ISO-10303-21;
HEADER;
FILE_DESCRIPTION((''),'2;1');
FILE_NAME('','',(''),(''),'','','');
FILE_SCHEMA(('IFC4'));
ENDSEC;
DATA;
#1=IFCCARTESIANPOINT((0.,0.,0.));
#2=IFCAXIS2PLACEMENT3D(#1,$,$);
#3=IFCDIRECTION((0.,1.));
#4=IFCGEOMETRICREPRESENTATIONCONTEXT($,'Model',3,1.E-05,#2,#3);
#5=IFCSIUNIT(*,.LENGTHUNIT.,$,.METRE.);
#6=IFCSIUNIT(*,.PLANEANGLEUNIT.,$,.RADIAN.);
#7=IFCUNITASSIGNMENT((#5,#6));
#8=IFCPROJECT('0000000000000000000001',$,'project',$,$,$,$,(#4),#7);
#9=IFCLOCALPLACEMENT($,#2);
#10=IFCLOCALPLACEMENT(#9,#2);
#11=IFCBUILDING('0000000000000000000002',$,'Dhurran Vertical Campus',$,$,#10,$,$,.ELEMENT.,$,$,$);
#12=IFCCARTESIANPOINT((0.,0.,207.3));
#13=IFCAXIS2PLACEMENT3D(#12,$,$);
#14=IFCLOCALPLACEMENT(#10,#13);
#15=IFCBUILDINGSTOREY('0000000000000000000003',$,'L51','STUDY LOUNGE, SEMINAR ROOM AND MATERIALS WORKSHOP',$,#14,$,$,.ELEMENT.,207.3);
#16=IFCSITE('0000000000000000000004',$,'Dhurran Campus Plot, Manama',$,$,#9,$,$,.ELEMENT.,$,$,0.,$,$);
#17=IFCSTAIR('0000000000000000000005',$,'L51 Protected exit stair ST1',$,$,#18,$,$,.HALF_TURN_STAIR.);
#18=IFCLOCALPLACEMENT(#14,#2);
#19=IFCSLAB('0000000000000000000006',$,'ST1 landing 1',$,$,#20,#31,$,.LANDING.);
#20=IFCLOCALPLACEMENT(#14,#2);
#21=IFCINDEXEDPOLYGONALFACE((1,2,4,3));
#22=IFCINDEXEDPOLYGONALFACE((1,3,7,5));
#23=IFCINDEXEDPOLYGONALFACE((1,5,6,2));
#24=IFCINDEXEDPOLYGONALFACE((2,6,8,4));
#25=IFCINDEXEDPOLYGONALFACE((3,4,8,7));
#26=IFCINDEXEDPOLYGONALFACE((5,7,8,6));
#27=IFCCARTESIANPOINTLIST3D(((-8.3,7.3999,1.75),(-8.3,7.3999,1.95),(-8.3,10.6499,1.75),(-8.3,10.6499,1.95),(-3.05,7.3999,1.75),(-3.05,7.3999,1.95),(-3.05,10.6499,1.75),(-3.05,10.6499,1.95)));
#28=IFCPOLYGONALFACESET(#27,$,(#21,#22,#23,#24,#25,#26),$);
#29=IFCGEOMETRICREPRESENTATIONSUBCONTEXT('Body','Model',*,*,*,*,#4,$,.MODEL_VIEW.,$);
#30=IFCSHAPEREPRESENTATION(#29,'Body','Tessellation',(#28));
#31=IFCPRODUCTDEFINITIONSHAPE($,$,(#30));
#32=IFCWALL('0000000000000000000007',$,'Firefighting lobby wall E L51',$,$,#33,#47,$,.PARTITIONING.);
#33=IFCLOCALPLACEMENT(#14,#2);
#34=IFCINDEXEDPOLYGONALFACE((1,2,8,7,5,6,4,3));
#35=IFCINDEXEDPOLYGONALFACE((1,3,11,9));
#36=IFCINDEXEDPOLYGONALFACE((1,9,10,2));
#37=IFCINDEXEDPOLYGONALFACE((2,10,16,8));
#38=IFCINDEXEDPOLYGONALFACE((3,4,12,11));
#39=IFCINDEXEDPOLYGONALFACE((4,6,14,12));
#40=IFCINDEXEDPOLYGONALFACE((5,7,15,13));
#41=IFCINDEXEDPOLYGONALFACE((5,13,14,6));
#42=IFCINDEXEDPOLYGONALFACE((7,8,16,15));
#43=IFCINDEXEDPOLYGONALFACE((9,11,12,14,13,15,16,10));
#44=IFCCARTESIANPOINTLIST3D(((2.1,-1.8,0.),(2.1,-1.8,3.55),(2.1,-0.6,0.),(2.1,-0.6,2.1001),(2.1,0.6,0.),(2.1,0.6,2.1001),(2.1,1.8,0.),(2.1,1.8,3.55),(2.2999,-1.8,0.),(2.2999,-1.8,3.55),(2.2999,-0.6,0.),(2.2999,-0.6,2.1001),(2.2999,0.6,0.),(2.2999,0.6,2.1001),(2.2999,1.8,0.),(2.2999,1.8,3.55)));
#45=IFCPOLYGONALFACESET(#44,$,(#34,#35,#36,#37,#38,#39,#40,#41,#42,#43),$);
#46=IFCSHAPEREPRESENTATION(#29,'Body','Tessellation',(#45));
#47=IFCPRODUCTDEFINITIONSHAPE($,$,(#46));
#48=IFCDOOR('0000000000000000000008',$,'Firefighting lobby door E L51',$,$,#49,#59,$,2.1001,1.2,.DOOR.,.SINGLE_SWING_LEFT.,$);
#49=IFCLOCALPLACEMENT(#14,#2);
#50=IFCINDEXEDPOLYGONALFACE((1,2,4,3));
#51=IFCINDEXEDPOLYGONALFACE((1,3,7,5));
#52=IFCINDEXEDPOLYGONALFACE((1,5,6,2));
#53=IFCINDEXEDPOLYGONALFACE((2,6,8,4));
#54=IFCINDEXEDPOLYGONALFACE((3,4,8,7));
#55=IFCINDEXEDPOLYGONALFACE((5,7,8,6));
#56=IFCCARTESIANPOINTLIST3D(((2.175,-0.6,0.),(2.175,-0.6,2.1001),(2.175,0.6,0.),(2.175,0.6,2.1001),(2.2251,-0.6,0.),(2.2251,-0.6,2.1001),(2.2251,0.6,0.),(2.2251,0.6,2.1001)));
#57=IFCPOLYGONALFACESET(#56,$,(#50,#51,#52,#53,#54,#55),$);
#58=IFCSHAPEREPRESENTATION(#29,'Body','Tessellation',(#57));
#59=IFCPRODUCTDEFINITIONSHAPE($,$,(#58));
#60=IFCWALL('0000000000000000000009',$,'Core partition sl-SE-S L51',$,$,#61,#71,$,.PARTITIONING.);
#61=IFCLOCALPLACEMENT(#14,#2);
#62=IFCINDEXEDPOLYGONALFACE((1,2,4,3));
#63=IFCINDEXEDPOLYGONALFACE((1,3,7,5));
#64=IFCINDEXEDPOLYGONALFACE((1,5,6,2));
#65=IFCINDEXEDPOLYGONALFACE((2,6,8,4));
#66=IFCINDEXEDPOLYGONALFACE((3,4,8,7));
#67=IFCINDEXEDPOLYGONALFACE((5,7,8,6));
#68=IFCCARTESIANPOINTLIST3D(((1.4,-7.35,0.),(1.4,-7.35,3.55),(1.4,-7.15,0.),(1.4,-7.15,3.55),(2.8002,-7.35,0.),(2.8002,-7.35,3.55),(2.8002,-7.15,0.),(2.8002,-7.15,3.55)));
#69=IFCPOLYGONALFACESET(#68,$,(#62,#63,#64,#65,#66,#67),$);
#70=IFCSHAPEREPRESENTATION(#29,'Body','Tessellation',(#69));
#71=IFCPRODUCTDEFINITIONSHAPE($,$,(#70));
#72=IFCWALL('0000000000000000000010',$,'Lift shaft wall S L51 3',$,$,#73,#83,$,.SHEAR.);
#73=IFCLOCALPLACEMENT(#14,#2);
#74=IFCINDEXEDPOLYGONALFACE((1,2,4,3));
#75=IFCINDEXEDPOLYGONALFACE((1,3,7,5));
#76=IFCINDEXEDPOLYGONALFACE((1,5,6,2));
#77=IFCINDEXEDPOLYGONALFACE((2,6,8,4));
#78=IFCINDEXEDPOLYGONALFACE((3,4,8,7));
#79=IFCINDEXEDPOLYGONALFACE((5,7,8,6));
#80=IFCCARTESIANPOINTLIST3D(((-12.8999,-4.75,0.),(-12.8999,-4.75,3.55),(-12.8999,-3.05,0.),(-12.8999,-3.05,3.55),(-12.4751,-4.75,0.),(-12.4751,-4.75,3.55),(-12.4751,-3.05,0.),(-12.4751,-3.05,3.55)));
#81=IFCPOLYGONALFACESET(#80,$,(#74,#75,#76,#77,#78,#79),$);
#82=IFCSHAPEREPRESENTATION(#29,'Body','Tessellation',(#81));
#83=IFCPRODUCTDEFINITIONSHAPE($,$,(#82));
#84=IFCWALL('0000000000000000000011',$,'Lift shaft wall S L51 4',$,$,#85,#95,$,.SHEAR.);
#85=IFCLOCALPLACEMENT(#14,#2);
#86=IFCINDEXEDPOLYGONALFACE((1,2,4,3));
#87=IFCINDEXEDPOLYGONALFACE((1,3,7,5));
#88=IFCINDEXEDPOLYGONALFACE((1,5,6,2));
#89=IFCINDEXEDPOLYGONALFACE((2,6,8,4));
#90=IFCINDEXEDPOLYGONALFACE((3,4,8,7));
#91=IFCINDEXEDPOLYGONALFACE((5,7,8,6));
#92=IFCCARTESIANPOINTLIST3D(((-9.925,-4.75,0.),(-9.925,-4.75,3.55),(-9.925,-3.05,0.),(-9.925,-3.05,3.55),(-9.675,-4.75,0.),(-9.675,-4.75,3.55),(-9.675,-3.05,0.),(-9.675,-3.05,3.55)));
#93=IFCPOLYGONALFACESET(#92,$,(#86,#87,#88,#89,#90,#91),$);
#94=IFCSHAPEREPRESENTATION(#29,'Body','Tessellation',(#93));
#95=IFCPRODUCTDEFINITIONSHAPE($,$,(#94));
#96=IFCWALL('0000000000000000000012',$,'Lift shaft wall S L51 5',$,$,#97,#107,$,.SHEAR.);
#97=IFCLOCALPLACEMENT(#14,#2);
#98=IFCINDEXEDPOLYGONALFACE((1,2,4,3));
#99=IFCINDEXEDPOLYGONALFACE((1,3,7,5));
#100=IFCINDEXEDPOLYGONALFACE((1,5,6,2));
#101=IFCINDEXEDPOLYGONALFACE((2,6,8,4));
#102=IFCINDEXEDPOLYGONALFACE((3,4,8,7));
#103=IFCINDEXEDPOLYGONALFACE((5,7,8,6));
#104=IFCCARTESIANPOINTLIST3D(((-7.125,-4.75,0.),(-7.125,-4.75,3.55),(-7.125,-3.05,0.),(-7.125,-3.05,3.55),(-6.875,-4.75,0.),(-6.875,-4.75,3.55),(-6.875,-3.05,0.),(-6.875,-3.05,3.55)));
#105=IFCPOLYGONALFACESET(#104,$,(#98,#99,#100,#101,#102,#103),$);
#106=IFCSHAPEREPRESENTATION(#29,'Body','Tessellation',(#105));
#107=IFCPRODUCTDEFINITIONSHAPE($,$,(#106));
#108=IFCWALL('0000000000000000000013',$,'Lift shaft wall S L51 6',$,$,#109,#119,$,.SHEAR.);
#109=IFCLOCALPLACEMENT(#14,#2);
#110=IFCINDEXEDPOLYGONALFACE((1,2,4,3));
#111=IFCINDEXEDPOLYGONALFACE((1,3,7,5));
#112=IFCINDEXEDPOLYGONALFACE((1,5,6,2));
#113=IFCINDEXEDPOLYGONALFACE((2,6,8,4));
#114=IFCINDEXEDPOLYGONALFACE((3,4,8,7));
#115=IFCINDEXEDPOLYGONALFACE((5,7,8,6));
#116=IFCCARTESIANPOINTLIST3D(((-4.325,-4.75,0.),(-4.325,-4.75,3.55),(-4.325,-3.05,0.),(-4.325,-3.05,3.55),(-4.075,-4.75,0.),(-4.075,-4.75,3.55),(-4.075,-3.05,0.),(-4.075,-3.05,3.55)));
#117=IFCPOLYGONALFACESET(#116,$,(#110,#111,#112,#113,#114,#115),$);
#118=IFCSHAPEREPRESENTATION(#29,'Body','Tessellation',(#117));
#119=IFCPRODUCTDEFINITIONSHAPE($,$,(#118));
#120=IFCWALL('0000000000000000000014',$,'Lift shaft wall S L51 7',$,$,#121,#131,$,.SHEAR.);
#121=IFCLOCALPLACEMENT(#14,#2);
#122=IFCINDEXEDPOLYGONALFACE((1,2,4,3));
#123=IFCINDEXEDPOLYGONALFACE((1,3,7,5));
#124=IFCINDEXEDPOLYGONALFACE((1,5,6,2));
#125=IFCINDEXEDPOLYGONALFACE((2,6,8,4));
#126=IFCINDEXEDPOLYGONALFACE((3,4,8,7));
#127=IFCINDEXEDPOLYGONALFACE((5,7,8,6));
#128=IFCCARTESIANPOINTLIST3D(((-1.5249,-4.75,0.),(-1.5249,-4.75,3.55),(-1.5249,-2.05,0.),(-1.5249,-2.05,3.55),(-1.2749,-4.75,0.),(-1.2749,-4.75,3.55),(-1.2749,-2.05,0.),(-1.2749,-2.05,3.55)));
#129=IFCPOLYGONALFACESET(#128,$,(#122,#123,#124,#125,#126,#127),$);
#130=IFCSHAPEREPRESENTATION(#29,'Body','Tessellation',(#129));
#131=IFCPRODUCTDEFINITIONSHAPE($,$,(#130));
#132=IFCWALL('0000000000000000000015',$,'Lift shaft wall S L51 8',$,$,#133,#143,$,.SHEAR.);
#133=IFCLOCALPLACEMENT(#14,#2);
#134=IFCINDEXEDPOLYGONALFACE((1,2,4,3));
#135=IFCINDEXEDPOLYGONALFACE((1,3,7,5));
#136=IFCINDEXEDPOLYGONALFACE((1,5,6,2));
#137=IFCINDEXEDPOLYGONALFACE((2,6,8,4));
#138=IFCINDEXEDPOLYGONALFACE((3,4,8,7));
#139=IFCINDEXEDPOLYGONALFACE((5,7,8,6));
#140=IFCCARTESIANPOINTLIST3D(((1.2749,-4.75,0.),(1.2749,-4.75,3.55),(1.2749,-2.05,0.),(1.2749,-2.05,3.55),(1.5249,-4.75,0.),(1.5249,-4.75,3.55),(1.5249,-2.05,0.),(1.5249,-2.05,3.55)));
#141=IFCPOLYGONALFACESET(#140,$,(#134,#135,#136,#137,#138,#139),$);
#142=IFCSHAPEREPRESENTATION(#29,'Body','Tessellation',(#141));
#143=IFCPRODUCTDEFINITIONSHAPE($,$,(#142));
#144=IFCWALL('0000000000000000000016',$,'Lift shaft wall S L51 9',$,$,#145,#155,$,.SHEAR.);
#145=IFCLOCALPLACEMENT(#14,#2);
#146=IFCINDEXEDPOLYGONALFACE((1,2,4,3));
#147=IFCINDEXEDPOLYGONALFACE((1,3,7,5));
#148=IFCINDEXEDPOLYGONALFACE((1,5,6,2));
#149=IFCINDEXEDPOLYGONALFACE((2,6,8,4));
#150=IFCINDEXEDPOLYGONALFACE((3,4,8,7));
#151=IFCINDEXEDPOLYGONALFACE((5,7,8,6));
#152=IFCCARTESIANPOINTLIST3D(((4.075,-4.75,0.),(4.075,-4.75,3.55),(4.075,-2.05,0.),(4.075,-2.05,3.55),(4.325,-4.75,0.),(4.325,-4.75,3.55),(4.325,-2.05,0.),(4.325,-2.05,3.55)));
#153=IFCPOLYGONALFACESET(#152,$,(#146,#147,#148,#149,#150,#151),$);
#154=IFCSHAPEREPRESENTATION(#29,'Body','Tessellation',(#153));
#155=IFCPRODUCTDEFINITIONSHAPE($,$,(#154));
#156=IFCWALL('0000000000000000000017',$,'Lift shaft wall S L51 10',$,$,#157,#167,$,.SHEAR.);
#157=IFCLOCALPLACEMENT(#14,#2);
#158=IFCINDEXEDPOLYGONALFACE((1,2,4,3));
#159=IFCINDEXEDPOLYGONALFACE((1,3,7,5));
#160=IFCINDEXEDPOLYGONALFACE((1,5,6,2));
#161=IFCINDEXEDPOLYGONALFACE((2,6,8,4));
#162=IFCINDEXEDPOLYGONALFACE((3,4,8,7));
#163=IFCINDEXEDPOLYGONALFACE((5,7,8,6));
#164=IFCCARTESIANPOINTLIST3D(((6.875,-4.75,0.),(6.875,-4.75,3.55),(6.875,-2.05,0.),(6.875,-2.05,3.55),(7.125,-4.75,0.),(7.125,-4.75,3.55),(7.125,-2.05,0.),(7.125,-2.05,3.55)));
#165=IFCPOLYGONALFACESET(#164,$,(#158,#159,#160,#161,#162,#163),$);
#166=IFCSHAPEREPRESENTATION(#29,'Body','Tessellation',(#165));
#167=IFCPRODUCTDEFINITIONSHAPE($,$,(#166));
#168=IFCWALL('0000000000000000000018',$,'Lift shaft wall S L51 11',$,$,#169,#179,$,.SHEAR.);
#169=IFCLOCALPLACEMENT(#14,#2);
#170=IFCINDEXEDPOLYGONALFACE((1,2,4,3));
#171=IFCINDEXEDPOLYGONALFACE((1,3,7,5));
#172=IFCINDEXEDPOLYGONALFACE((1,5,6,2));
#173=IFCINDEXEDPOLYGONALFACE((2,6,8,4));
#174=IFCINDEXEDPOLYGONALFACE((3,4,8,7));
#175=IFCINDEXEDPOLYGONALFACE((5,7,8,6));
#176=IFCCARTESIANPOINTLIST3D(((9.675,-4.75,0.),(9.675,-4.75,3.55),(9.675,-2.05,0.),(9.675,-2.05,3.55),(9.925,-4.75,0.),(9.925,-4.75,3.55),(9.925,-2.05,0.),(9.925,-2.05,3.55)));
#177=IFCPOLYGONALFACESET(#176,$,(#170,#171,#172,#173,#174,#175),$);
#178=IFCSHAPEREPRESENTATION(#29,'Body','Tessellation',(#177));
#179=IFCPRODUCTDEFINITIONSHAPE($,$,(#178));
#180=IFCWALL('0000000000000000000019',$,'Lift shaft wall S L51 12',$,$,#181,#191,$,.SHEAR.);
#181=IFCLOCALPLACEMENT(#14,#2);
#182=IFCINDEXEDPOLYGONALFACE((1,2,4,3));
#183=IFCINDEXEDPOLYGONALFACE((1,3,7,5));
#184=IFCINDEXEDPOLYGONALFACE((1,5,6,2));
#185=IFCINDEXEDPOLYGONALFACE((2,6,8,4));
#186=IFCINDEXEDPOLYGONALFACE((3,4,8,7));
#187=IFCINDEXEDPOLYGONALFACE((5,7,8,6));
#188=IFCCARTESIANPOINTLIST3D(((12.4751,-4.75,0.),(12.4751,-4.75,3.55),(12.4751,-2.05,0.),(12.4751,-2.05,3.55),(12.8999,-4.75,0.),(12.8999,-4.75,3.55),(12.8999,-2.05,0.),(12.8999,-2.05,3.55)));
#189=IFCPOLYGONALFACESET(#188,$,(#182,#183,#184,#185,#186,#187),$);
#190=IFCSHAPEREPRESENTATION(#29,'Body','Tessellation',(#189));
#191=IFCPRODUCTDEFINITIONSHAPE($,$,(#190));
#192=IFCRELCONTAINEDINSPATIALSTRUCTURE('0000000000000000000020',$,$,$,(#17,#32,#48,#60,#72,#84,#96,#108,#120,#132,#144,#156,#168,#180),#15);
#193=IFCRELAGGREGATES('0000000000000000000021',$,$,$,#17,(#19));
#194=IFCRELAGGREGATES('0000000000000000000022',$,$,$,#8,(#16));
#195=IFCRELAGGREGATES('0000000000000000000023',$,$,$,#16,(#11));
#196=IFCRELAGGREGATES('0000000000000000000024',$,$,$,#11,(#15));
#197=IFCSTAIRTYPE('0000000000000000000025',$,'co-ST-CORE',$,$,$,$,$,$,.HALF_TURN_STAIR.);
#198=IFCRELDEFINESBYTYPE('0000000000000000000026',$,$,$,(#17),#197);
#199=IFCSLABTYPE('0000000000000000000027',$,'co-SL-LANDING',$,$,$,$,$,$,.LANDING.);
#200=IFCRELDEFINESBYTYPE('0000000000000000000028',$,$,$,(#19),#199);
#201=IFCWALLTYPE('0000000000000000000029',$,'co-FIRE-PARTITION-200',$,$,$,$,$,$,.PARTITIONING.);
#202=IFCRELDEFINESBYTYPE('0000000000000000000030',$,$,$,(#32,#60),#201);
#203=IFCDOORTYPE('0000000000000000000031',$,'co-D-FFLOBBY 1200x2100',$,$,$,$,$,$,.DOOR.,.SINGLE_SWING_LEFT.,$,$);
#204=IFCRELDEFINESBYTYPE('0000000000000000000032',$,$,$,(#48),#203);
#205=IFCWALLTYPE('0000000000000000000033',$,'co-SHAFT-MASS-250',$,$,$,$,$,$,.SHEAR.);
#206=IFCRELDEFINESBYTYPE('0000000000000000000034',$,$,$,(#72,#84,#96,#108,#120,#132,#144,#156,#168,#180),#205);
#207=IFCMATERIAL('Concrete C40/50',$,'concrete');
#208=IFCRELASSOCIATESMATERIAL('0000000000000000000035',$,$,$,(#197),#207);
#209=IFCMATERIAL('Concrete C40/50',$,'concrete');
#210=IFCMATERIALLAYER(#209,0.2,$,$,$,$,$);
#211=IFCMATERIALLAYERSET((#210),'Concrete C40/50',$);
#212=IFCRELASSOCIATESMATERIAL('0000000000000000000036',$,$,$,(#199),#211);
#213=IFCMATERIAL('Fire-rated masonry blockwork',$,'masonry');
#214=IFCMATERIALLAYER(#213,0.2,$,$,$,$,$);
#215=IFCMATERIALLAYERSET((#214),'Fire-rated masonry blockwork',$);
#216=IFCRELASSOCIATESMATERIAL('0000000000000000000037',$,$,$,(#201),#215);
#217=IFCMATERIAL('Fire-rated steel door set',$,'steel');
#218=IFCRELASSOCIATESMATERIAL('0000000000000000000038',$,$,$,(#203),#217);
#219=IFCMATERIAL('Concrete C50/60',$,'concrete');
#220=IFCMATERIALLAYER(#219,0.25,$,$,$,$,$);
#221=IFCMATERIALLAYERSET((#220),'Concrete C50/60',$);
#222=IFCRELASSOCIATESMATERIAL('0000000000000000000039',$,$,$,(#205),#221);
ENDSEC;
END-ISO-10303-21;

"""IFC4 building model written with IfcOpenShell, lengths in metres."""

from ifc_helpers import new_model, si_unit, direction, frame, frame_2d, origin, place, context, subcontext, project, spatial, polyline, rectangle, outline, extrude, material, layer, layer_set, type_object, element, fill, aggregate, save


model = new_model("IFC4")

# Units and contexts
model_context = context("Model", 3, precision=1e-05, world=origin(), true_north=direction((0.0, 1.0)))
body_context = subcontext(model_context, "Body", "Model", "MODEL_VIEW")
ifc_project = project(units=[si_unit("LENGTHUNIT", "METRE"), si_unit("PLANEANGLEUNIT", "RADIAN")], contexts=[model_context])

# Site, building, storey
site_placement = place(None, origin())
site = spatial("IfcSite", under=ifc_project, at=site_placement, Name="Dhurran Campus Plot, Manama", CompositionType="ELEMENT", RefElevation=0.0)
building_placement = place(site_placement, origin())
building = spatial("IfcBuilding", under=site, at=building_placement, Name="Dhurran Vertical Campus", CompositionType="ELEMENT")
storey_placement = place(building_placement, frame((0.0, 0.0, 207.3)))
storey = spatial("IfcBuildingStorey", under=building, at=storey_placement, Name="L51", Description="STUDY LOUNGE, SEMINAR ROOM AND MATERIALS WORKSHOP", CompositionType="ELEMENT", Elevation=207.3)

# Stair, slab
ifc_material_1 = material(Name="Concrete C40/50", Category="concrete")
stair_type = type_object("IfcStairType", Name="co-ST-CORE", PredefinedType="HALF_TURN_STAIR", material=ifc_material_1)
stair_1_placement = place(storey_placement, origin())
stair_1 = element("IfcStair", 1, at=stair_1_placement, inside=storey, type_object=stair_type, Name="L51 Protected exit stair ST1", PredefinedType="HALF_TURN_STAIR")
ifc_material_2 = material(Name="Concrete C40/50", Category="concrete")
ifc_layer_1 = layer(ifc_material_2, 0.2)
ifc_layer_set_1 = layer_set([ifc_layer_1], Name="Concrete C40/50")
slab_type = type_object("IfcSlabType", Name="co-SL-LANDING", PredefinedType="LANDING", material=ifc_layer_set_1)
slab_placement = place(storey_placement, frame((0.0, 0.0, 1.75)))
slab = element("IfcSlab", 2, at=slab_placement, type_object=slab_type, Name="ST1 landing 1", PredefinedType="LANDING", context=body_context, shape_type="SweptSolid", body=[
    extrude(outline(polyline([(-8.3, 7.3999), (-3.05, 7.3999), (-3.05, 10.6499), (-8.3, 10.6499), (-8.3, 7.3999)])), origin(), (0.0, 0.0, 1.0), 0.2),
])
aggregate(stair_1, [slab])

# Wall, opening, door
ifc_material_3 = material(Name="Fire-rated masonry blockwork", Category="masonry")
ifc_layer_2 = layer(ifc_material_3, 0.2)
ifc_layer_set_2 = layer_set([ifc_layer_2], Name="Fire-rated masonry blockwork")
wall_type_1 = type_object("IfcWallType", Name="co-FIRE-PARTITION-200", PredefinedType="PARTITIONING", material=ifc_layer_set_2)
wall_1_placement = place(storey_placement, frame((2.2, -1.8, 0.0), z_axis=(0.0, 0.0, 1.0), x_axis=(0.0, 1.0, 0.0)))
wall_1 = element("IfcWall", 3, at=wall_1_placement, inside=storey, type_object=wall_type_1, Name="Firefighting lobby wall E L51", PredefinedType="PARTITIONING", context=body_context, shape_type="SweptSolid", body=[
    extrude(rectangle(XDim=3.6001, YDim=0.2, at=frame_2d((1.8, 0.0))), origin(), (0.0, 0.0, 1.0), 3.55),
])
opening_1_placement = place(wall_1_placement, frame((1.2, 0.0, 0.0)))
opening_1 = element("IfcOpeningElement", 4, at=opening_1_placement, cuts=wall_1, PredefinedType="OPENING", context=body_context, shape_type="SweptSolid", body=[
    extrude(rectangle(XDim=1.2, YDim=2.1001, at=frame_2d((0.6001, 1.05))), frame((0.0, 0.1099, 0.0), z_axis=(0.0, -1.0, 0.0), x_axis=(1.0, 0.0, 0.0)), (0.0, 0.0, 1.0), 0.22),
])
ifc_material_4 = material(Name="Fire-rated steel door set", Category="steel")
door_type_1 = type_object("IfcDoorType", Name="co-D-FFLOBBY 1200x2100", OperationType="SINGLE_SWING_LEFT", PredefinedType="DOOR", material=ifc_material_4)
door_1_placement = place(opening_1_placement, origin())
door_1 = element("IfcDoor", 5, at=door_1_placement, inside=storey, type_object=door_type_1, Name="Firefighting lobby door E L51", OperationType="SINGLE_SWING_LEFT", OverallHeight=2.1001, OverallWidth=1.2, PredefinedType="DOOR", context=body_context, shape_type="SweptSolid", body=[
    extrude(rectangle(XDim=1.2, YDim=2.1001, at=frame_2d((0.6001, 1.05))), frame((0.0, 0.0249, 0.0), z_axis=(0.0, -1.0, 0.0), x_axis=(1.0, 0.0, 0.0)), (0.0, 0.0, 1.0), 0.05),
])
fill(opening_1, door_1)

# Walls
wall_2_placement = place(storey_placement, frame((1.3999, -7.25, 0.0), z_axis=(0.0, 0.0, 1.0), x_axis=(1.0, 0.0, 0.0)))
element("IfcWall", 6, at=wall_2_placement, inside=storey, type_object=wall_type_1, Name="Core partition sl-SE-S L51", PredefinedType="PARTITIONING", context=body_context, shape_type="SweptSolid", body=[
    extrude(rectangle(XDim=1.4001, YDim=0.2, at=frame_2d((0.7002, 0.0))), origin(), (0.0, 0.0, 1.0), 3.55),
])
ifc_material_5 = material(Name="Concrete C50/60", Category="concrete")
ifc_layer_3 = layer(ifc_material_5, 0.25)
ifc_layer_set_3 = layer_set([ifc_layer_3], Name="Concrete C50/60")
wall_type_2 = type_object("IfcWallType", Name="co-SHAFT-MASS-250", PredefinedType="SHEAR", material=ifc_layer_set_3)
wall_3_placement = place(storey_placement, origin())
element("IfcWall", 7, at=wall_3_placement, inside=storey, type_object=wall_type_2, Name="Lift shaft wall S L51 3", PredefinedType="SHEAR", context=body_context, shape_type="SweptSolid", body=[
    extrude(outline(polyline([(-12.8999, -4.75), (-12.4751, -4.75), (-12.4751, -3.05), (-12.8999, -3.05), (-12.8999, -4.75)])), origin(), (0.0, 0.0, 1.0), 3.55),
])
wall_4_placement = place(storey_placement, origin())
element("IfcWall", 8, at=wall_4_placement, inside=storey, type_object=wall_type_2, Name="Lift shaft wall S L51 4", PredefinedType="SHEAR", context=body_context, shape_type="SweptSolid", body=[
    extrude(outline(polyline([(-9.925, -4.75), (-9.675, -4.75), (-9.675, -3.05), (-9.925, -3.05), (-9.925, -4.75)])), origin(), (0.0, 0.0, 1.0), 3.55),
])
wall_5_placement = place(storey_placement, origin())
element("IfcWall", 9, at=wall_5_placement, inside=storey, type_object=wall_type_2, Name="Lift shaft wall S L51 5", PredefinedType="SHEAR", context=body_context, shape_type="SweptSolid", body=[
    extrude(outline(polyline([(-7.125, -4.75), (-6.875, -4.75), (-6.875, -3.05), (-7.125, -3.05), (-7.125, -4.75)])), origin(), (0.0, 0.0, 1.0), 3.55),
])
wall_6_placement = place(storey_placement, origin())
element("IfcWall", 10, at=wall_6_placement, inside=storey, type_object=wall_type_2, Name="Lift shaft wall S L51 6", PredefinedType="SHEAR", context=body_context, shape_type="SweptSolid", body=[
    extrude(outline(polyline([(-4.325, -4.75), (-4.075, -4.75), (-4.075, -3.05), (-4.325, -3.05), (-4.325, -4.75)])), origin(), (0.0, 0.0, 1.0), 3.55),
])
wall_7_placement = place(storey_placement, origin())
element("IfcWall", 11, at=wall_7_placement, inside=storey, type_object=wall_type_2, Name="Lift shaft wall S L51 7", PredefinedType="SHEAR", context=body_context, shape_type="SweptSolid", body=[
    extrude(outline(polyline([(-1.5249, -4.75), (-1.2749, -4.75), (-1.2749, -2.05), (-1.5249, -2.05), (-1.5249, -4.75)])), origin(), (0.0, 0.0, 1.0), 3.55),
])
wall_8_placement = place(storey_placement, origin())
element("IfcWall", 12, at=wall_8_placement, inside=storey, type_object=wall_type_2, Name="Lift shaft wall S L51 8", PredefinedType="SHEAR", context=body_context, shape_type="SweptSolid", body=[
    extrude(outline(polyline([(1.2749, -4.75), (1.5249, -4.75), (1.5249, -2.05), (1.2749, -2.05), (1.2749, -4.75)])), origin(), (0.0, 0.0, 1.0), 3.55),
])
wall_9_placement = place(storey_placement, origin())
element("IfcWall", 13, at=wall_9_placement, inside=storey, type_object=wall_type_2, Name="Lift shaft wall S L51 9", PredefinedType="SHEAR", context=body_context, shape_type="SweptSolid", body=[
    extrude(outline(polyline([(4.075, -4.75), (4.325, -4.75), (4.325, -2.05), (4.075, -2.05), (4.075, -4.75)])), origin(), (0.0, 0.0, 1.0), 3.55),
])
wall_10_placement = place(storey_placement, origin())
element("IfcWall", 14, at=wall_10_placement, inside=storey, type_object=wall_type_2, Name="Lift shaft wall S L51 10", PredefinedType="SHEAR", context=body_context, shape_type="SweptSolid", body=[
    extrude(outline(polyline([(6.875, -4.75), (7.125, -4.75), (7.125, -2.05), (6.875, -2.05), (6.875, -4.75)])), origin(), (0.0, 0.0, 1.0), 3.55),
])
wall_11_placement = place(storey_placement, origin())
element("IfcWall", 15, at=wall_11_placement, inside=storey, type_object=wall_type_2, Name="Lift shaft wall S L51 11", PredefinedType="SHEAR", context=body_context, shape_type="SweptSolid", body=[
    extrude(outline(polyline([(9.675, -4.75), (9.925, -4.75), (9.925, -2.05), (9.675, -2.05), (9.675, -4.75)])), origin(), (0.0, 0.0, 1.0), 3.55),
])
wall_12_placement = place(storey_placement, origin())
element("IfcWall", 16, at=wall_12_placement, inside=storey, type_object=wall_type_2, Name="Lift shaft wall S L51 12", PredefinedType="SHEAR", context=body_context, shape_type="SweptSolid", body=[
    extrude(outline(polyline([(12.4751, -4.75), (12.8999, -4.75), (12.8999, -2.05), (12.4751, -2.05), (12.4751, -4.75)])), origin(), (0.0, 0.0, 1.0), 3.55),
])

save(model, "model.ifc")
